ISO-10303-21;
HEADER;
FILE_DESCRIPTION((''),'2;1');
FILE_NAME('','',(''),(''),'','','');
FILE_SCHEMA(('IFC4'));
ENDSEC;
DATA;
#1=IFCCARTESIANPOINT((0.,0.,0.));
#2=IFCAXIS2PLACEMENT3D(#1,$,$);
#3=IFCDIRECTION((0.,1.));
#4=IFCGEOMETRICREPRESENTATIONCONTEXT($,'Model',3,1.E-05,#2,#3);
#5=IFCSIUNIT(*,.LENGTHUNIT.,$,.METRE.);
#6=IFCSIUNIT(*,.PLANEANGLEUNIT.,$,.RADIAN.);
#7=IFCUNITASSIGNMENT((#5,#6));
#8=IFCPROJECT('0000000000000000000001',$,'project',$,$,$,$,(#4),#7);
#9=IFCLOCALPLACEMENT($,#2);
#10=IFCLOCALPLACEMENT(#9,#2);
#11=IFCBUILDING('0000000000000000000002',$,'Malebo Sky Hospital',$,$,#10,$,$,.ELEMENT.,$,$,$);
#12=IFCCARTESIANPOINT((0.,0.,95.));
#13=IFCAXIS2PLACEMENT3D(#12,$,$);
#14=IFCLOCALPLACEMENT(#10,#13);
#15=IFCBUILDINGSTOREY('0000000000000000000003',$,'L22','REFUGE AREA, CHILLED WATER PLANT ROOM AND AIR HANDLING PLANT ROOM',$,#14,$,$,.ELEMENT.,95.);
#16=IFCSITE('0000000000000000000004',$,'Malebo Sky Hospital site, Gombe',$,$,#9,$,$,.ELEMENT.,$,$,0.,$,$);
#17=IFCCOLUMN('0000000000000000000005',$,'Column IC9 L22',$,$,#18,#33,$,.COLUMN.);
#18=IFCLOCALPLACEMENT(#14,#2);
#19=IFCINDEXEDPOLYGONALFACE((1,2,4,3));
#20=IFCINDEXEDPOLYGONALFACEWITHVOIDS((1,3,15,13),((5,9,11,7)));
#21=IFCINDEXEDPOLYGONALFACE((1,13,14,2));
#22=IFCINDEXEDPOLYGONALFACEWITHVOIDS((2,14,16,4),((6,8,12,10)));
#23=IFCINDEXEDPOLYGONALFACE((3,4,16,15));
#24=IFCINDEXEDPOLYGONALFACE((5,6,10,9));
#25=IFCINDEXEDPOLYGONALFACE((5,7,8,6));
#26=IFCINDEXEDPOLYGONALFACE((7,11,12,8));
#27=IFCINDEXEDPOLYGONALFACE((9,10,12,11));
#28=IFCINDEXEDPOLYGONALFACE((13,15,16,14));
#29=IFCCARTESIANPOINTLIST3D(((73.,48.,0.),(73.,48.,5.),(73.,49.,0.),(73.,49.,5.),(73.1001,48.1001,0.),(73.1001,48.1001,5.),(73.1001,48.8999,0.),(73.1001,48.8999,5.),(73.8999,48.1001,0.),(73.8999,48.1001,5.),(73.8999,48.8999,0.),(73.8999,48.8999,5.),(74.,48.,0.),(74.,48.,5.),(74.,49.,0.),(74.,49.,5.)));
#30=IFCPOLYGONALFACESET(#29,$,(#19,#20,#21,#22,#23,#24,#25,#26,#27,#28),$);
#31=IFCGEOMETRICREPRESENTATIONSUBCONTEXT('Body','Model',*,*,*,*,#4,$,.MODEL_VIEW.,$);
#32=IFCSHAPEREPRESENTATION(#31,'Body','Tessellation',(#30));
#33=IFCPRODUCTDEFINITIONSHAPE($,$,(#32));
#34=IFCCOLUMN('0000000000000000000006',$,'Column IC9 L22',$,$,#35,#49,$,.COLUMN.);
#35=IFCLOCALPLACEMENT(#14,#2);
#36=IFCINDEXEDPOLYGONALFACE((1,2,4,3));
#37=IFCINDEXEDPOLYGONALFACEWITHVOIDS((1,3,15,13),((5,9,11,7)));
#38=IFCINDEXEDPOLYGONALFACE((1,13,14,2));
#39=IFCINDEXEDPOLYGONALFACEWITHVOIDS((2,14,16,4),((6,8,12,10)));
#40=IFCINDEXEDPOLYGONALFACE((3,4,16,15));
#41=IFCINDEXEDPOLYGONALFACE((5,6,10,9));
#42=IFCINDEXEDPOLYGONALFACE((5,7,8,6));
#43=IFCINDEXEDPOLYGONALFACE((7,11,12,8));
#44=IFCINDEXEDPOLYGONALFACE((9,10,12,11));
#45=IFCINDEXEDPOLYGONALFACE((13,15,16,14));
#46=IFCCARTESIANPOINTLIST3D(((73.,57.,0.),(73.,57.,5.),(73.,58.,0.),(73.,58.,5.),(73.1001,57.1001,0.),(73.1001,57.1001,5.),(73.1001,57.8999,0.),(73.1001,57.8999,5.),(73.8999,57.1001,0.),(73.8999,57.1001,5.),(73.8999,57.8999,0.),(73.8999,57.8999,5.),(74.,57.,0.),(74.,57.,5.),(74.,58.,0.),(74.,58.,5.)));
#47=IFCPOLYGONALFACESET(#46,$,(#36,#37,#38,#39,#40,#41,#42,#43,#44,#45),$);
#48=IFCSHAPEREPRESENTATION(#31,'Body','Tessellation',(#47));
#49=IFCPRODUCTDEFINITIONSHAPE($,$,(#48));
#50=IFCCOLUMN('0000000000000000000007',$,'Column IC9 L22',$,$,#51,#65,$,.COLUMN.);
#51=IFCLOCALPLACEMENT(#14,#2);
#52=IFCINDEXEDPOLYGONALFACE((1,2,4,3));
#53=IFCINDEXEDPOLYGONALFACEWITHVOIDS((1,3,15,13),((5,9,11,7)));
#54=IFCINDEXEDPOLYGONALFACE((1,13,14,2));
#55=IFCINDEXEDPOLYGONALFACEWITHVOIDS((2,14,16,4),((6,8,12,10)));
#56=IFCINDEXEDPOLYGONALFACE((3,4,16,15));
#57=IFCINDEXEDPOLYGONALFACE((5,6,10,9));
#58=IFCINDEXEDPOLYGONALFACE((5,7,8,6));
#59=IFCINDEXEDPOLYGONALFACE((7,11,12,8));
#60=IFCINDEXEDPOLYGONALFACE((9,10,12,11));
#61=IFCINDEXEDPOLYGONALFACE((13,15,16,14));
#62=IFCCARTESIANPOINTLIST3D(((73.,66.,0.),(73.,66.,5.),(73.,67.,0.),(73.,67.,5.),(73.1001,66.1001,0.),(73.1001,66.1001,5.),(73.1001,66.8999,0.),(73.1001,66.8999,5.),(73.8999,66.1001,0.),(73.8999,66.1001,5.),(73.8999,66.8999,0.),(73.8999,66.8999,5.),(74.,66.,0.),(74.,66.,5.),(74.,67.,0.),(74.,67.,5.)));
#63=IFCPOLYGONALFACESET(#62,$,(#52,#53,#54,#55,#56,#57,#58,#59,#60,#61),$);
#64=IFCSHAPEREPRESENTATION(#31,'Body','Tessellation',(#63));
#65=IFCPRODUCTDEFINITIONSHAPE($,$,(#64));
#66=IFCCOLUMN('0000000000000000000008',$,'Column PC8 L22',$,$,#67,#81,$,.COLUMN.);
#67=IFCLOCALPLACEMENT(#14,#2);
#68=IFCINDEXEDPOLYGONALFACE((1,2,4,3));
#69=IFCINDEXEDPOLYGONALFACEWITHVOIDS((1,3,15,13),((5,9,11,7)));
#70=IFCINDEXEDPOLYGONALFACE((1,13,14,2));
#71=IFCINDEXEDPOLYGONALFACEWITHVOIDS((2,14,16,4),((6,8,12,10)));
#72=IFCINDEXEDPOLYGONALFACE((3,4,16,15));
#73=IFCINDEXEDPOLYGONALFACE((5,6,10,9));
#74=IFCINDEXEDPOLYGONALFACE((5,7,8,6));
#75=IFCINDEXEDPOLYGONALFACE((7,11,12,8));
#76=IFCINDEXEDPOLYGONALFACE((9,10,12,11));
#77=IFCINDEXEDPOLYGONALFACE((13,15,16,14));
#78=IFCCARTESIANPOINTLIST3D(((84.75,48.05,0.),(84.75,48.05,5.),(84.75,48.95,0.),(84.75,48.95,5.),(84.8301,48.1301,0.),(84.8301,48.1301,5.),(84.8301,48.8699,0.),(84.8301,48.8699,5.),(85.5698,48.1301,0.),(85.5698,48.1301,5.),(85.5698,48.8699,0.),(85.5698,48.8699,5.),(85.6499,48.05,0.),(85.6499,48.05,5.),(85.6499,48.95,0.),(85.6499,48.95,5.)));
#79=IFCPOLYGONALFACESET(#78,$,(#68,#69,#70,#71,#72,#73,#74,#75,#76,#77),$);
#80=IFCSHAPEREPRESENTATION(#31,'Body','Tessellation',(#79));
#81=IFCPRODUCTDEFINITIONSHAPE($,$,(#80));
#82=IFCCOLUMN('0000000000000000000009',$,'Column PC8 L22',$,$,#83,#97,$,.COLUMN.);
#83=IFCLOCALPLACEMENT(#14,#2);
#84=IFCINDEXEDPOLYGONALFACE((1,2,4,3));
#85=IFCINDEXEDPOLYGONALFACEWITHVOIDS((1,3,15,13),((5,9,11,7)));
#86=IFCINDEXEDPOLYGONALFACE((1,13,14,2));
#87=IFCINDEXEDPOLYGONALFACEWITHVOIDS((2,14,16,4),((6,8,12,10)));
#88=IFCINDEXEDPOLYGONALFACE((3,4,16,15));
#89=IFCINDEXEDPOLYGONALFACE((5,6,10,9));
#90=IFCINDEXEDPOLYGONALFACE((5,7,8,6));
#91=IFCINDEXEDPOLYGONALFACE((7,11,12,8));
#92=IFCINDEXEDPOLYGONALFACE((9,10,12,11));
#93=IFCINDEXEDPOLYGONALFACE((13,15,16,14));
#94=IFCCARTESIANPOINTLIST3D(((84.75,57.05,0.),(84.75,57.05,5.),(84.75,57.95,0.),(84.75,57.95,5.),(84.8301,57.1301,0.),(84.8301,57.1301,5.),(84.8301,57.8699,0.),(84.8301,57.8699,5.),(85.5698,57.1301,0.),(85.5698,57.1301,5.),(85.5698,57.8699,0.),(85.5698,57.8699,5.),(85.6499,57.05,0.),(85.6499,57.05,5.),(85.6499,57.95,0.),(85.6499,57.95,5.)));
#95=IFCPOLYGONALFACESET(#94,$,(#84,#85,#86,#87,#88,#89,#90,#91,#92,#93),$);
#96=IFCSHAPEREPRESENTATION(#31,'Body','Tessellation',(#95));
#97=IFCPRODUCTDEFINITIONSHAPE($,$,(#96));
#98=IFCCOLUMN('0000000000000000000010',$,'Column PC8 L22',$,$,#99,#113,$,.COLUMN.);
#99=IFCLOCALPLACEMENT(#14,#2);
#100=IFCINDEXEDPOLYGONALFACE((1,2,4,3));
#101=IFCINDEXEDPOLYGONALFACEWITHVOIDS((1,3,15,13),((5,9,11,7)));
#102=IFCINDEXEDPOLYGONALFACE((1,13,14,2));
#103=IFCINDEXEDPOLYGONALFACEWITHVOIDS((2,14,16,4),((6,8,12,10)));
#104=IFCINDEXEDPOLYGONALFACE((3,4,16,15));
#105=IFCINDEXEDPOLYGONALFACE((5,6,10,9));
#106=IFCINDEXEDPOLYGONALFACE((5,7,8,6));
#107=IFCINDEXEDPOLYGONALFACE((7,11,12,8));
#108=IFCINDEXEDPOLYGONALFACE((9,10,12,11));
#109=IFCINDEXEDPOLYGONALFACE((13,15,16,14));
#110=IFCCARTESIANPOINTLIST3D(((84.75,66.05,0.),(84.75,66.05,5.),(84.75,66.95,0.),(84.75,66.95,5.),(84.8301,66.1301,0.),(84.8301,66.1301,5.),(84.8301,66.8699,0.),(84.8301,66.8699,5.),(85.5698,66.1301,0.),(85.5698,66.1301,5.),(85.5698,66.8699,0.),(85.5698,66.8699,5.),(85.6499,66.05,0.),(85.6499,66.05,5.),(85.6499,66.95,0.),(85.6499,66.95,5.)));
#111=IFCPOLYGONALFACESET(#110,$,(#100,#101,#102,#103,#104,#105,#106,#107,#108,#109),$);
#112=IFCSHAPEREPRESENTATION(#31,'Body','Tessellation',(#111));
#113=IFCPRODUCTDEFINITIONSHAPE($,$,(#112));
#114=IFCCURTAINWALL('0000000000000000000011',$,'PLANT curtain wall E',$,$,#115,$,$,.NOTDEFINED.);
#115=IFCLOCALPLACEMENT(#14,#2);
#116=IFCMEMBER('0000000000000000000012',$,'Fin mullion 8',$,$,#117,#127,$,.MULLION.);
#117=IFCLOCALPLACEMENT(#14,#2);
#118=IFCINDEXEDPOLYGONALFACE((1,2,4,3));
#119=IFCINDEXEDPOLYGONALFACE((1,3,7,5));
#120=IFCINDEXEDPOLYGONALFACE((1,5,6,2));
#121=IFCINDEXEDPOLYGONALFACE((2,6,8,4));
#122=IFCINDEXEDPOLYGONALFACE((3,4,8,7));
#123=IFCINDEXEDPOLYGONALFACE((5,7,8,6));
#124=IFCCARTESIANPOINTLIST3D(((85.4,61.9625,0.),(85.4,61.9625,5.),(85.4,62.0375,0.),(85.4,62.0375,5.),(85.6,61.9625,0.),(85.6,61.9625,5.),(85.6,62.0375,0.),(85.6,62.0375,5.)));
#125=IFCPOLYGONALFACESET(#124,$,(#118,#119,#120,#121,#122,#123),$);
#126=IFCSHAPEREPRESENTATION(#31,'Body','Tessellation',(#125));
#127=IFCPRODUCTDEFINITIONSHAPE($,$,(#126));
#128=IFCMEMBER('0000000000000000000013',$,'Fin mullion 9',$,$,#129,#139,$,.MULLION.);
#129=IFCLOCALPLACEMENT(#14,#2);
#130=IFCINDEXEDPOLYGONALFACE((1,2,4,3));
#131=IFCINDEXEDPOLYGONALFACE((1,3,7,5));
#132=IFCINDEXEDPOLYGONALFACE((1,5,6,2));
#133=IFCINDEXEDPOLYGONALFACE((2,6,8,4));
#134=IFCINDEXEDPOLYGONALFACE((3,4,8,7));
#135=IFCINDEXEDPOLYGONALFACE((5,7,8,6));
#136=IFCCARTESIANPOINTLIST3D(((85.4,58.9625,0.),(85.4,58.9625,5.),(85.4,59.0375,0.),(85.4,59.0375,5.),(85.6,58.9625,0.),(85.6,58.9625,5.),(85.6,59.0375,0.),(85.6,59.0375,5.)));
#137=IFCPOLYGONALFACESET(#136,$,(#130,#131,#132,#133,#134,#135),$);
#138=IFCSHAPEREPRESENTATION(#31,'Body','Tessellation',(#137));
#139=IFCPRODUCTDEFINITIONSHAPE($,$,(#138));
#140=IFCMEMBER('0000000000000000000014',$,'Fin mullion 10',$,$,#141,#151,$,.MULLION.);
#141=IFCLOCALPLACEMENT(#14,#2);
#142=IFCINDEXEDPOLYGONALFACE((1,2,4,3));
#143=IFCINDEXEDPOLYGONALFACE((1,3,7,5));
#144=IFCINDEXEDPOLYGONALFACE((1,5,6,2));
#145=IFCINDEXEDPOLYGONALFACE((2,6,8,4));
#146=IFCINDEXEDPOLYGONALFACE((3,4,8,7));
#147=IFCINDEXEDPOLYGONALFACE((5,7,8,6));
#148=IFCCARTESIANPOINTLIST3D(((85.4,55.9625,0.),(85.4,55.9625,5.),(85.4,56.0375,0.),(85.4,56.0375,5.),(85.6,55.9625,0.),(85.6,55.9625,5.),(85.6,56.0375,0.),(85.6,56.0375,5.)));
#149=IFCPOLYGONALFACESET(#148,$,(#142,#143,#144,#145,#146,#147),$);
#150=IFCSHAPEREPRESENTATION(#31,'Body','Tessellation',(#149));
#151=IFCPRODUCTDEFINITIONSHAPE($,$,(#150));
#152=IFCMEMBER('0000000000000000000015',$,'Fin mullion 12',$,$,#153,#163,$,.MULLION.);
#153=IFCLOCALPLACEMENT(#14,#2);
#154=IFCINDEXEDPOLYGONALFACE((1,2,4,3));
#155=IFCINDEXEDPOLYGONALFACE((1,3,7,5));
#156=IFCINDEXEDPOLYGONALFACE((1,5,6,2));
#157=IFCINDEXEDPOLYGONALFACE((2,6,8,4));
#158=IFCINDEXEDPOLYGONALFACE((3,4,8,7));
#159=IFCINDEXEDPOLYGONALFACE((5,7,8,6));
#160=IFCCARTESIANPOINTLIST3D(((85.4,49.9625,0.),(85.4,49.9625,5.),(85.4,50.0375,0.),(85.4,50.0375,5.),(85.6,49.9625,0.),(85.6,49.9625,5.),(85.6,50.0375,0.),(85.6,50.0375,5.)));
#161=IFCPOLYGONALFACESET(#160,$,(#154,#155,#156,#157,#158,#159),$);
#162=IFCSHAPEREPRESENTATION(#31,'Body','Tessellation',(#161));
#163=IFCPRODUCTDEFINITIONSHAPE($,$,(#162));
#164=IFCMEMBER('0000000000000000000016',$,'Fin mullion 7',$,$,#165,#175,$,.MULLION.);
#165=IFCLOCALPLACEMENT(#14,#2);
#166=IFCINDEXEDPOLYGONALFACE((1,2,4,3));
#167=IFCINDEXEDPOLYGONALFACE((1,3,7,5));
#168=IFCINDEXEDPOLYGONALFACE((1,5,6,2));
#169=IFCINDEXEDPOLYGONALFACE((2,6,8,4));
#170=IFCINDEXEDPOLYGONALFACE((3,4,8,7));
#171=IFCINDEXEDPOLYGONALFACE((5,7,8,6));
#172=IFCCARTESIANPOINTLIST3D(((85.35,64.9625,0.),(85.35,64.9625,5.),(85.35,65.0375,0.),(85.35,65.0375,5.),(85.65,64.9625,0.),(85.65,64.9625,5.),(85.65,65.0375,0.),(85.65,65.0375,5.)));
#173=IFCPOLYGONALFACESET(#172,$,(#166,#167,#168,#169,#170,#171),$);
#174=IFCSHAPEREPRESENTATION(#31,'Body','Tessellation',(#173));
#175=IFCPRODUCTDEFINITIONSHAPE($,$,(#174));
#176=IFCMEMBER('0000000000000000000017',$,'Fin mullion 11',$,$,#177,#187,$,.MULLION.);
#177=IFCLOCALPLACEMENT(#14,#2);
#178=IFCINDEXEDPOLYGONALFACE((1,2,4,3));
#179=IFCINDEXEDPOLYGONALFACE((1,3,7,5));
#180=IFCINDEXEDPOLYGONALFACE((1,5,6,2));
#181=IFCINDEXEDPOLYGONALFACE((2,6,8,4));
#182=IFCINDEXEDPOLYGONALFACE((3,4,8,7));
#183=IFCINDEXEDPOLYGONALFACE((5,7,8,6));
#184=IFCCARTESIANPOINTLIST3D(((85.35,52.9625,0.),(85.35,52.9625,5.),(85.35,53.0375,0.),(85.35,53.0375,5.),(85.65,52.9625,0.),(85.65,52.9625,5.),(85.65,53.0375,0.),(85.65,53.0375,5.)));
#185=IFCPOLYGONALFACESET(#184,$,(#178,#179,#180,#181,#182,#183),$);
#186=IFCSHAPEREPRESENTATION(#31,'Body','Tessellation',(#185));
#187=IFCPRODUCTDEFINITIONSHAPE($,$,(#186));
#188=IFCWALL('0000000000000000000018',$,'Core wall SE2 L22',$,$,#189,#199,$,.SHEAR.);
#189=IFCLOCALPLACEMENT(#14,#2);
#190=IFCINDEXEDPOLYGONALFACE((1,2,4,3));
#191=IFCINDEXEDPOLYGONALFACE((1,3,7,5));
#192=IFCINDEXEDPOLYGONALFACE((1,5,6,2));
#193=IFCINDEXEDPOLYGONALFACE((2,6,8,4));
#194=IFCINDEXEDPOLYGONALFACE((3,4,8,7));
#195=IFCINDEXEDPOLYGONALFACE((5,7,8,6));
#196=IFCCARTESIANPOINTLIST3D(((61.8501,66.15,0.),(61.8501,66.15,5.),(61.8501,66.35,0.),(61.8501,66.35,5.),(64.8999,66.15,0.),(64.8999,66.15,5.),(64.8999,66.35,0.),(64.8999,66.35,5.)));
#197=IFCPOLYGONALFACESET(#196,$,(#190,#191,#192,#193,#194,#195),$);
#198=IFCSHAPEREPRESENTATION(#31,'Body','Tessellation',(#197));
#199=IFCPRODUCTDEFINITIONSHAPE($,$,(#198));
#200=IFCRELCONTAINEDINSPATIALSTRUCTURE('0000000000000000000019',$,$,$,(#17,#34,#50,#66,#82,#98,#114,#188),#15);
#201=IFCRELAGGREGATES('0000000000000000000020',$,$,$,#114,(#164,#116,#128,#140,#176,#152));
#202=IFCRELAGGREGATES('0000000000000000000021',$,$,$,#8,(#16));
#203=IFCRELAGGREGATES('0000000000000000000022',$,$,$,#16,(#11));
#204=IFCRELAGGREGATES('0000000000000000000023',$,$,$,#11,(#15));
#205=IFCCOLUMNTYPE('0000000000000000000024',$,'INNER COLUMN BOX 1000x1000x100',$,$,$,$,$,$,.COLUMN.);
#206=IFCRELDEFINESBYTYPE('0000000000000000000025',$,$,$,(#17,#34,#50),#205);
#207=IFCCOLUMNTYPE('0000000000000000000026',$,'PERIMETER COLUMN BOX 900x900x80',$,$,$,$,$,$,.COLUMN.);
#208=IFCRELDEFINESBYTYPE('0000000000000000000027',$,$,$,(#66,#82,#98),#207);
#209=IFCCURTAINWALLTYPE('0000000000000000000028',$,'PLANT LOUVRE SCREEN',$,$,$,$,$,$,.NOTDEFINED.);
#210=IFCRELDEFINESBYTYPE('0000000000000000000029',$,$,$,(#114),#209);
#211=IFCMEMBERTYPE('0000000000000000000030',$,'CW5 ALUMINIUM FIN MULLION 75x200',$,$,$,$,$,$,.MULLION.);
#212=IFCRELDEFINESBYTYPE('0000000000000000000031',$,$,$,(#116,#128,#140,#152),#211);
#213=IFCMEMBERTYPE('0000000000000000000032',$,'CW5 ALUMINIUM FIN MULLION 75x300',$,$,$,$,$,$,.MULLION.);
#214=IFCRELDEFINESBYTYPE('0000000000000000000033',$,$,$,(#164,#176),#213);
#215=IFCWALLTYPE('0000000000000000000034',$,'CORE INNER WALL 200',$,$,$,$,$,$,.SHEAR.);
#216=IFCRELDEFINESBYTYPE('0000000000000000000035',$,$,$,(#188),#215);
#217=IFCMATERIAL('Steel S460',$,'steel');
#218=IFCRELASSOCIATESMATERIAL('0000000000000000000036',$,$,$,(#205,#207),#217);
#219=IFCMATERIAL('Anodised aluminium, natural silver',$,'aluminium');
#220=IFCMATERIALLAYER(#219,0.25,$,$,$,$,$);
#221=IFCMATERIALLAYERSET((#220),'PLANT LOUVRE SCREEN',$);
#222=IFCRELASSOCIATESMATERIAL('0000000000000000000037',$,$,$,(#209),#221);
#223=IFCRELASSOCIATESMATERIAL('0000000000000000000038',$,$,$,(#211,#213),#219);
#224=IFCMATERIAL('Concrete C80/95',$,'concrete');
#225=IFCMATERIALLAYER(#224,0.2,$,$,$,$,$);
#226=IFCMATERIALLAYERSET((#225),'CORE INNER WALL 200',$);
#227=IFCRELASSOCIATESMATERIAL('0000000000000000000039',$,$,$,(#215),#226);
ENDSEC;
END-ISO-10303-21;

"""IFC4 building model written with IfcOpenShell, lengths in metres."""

from ifc_helpers import new_model, si_unit, direction, frame, frame_2d, origin, origin_2d, place, context, subcontext, project, spatial, rectangle, hollow_rectangle, extrude, material, layer, layer_set, material_profile, profile_set, type_object, element, aggregate, save


model = new_model("IFC4")

# Units and contexts
model_context = context("Model", 3, precision=1e-05, world=origin(), true_north=direction((0.0, 1.0)))
body_context = subcontext(model_context, "Body", "Model", "MODEL_VIEW")
ifc_project = project(units=[si_unit("LENGTHUNIT", "METRE"), si_unit("PLANEANGLEUNIT", "RADIAN")], contexts=[model_context])

# Site, building, storey
site_placement = place(None, origin())
site = spatial("IfcSite", under=ifc_project, at=site_placement, Name="Malebo Sky Hospital site, Gombe", CompositionType="ELEMENT", RefElevation=0.0)
building_placement = place(site_placement, origin())
building = spatial("IfcBuilding", under=site, at=building_placement, Name="Malebo Sky Hospital", CompositionType="ELEMENT")
storey_placement = place(building_placement, frame((0.0, 0.0, 95.0)))
storey = spatial("IfcBuildingStorey", under=building, at=storey_placement, Name="L22", Description="REFUGE AREA, CHILLED WATER PLANT ROOM AND AIR HANDLING PLANT ROOM", CompositionType="ELEMENT", Elevation=95.0)

# Columns
ifc_material_1 = material(Name="Steel S460", Category="steel")
ifc_material_profile_1 = material_profile(ifc_material_1, hollow_rectangle(XDim=1.0, YDim=1.0, WallThickness=0.1001, at=origin_2d()), Name="BOX 1000x1000x100")
ifc_profile_set_1 = profile_set([ifc_material_profile_1], Name="Steel S460")
column_type_1 = type_object("IfcColumnType", Name="INNER COLUMN BOX 1000x1000x100", PredefinedType="COLUMN", material=ifc_profile_set_1)
for number, where, z_axis, x_axis, name in (
    (1, (73.5, 48.5, 0.0), (0.0, 0.0, 1.0), (1.0, 0.0, 0.0), "Column IC9 L22"),
    (2, (73.5, 57.5, 0.0), (0.0, 0.0, 1.0), (1.0, 0.0, 0.0), "Column IC9 L22"),
    (3, (73.5, 66.5, 0.0), (0.0, 0.0, 1.0), (1.0, 0.0, 0.0), "Column IC9 L22"),
):
    element("IfcColumn", number, at=place(storey_placement, frame(where, z_axis=z_axis, x_axis=x_axis)), inside=storey, type_object=column_type_1, Name=name, PredefinedType="COLUMN", context=body_context, shape_type="SweptSolid", body=[
        extrude(hollow_rectangle(XDim=1.0, YDim=1.0, WallThickness=0.1001, at=origin_2d()), origin(), (0.0, 0.0, 1.0), 5.0),
    ])
ifc_material_profile_2 = material_profile(ifc_material_1, hollow_rectangle(XDim=0.8999, YDim=0.8999, WallThickness=0.0801, at=origin_2d()), Name="BOX 900x900x80")
ifc_profile_set_2 = profile_set([ifc_material_profile_2], Name="Steel S460")
column_type_2 = type_object("IfcColumnType", Name="PERIMETER COLUMN BOX 900x900x80", PredefinedType="COLUMN", material=ifc_profile_set_2)
for number, where, z_axis, x_axis, name in (
    (4, (85.2, 48.5, 0.0), (0.0, 0.0, 1.0), (1.0, 0.0, 0.0), "Column PC8 L22"),
    (5, (85.2, 57.5, 0.0), (0.0, 0.0, 1.0), (1.0, 0.0, 0.0), "Column PC8 L22"),
    (6, (85.2, 66.5, 0.0), (0.0, 0.0, 1.0), (1.0, 0.0, 0.0), "Column PC8 L22"),
):
    element("IfcColumn", number, at=place(storey_placement, frame(where, z_axis=z_axis, x_axis=x_axis)), inside=storey, type_object=column_type_2, Name=name, PredefinedType="COLUMN", context=body_context, shape_type="SweptSolid", body=[
        extrude(hollow_rectangle(XDim=0.8999, YDim=0.8999, WallThickness=0.0801, at=origin_2d()), origin(), (0.0, 0.0, 1.0), 5.0),
    ])

# Curtain wall, members
ifc_material_2 = material(Name="Anodised aluminium, natural silver", Category="aluminium")
ifc_layer_1 = layer(ifc_material_2, 0.25)
ifc_layer_set_1 = layer_set([ifc_layer_1], Name="PLANT LOUVRE SCREEN")
curtain_wall_type = type_object("IfcCurtainWallType", Name="PLANT LOUVRE SCREEN", PredefinedType="NOTDEFINED", material=ifc_layer_set_1)
curtain_wall_placement = place(storey_placement, origin())
curtain_wall = element("IfcCurtainWall", 7, at=curtain_wall_placement, inside=storey, type_object=curtain_wall_type, Name="PLANT curtain wall E", PredefinedType="NOTDEFINED")
ifc_material_profile_3 = material_profile(ifc_material_2, rectangle(XDim=0.075, YDim=0.2, at=origin_2d()), Name="CW5 ALUMINIUM FIN MULLION 75x200")
ifc_profile_set_3 = profile_set([ifc_material_profile_3], Name="Anodised aluminium, natural silver")
member_type_1 = type_object("IfcMemberType", Name="CW5 ALUMINIUM FIN MULLION 75x200", PredefinedType="MULLION", material=ifc_profile_set_3)
member_1_placement = place(storey_placement, frame((85.5, 62.0, 0.0), z_axis=(0.0, 0.0, 1.0), x_axis=(0.0, -1.0, 0.0)))
member_1 = element("IfcMember", 8, at=member_1_placement, type_object=member_type_1, Name="Fin mullion 8", PredefinedType="MULLION", context=body_context, shape_type="SweptSolid", body=[
    extrude(rectangle(XDim=0.075, YDim=0.2, at=origin_2d()), origin(), (0.0, 0.0, 1.0), 5.0),
])
member_2_placement = place(storey_placement, frame((85.5, 59.0, 0.0), z_axis=(0.0, 0.0, 1.0), x_axis=(0.0, -1.0, 0.0)))
member_2 = element("IfcMember", 9, at=member_2_placement, type_object=member_type_1, Name="Fin mullion 9", PredefinedType="MULLION", context=body_context, shape_type="SweptSolid", body=[
    extrude(rectangle(XDim=0.075, YDim=0.2, at=origin_2d()), origin(), (0.0, 0.0, 1.0), 5.0),
])
member_3_placement = place(storey_placement, frame((85.5, 56.0, 0.0), z_axis=(0.0, 0.0, 1.0), x_axis=(0.0, -1.0, 0.0)))
member_3 = element("IfcMember", 10, at=member_3_placement, type_object=member_type_1, Name="Fin mullion 10", PredefinedType="MULLION", context=body_context, shape_type="SweptSolid", body=[
    extrude(rectangle(XDim=0.075, YDim=0.2, at=origin_2d()), origin(), (0.0, 0.0, 1.0), 5.0),
])
member_4_placement = place(storey_placement, frame((85.5, 50.0, 0.0), z_axis=(0.0, 0.0, 1.0), x_axis=(0.0, -1.0, 0.0)))
member_4 = element("IfcMember", 11, at=member_4_placement, type_object=member_type_1, Name="Fin mullion 12", PredefinedType="MULLION", context=body_context, shape_type="SweptSolid", body=[
    extrude(rectangle(XDim=0.075, YDim=0.2, at=origin_2d()), origin(), (0.0, 0.0, 1.0), 5.0),
])
ifc_material_profile_4 = material_profile(ifc_material_2, rectangle(XDim=0.075, YDim=0.3, at=origin_2d()), Name="CW5 ALUMINIUM FIN MULLION 75x300")
ifc_profile_set_4 = profile_set([ifc_material_profile_4], Name="Anodised aluminium, natural silver")
member_type_2 = type_object("IfcMemberType", Name="CW5 ALUMINIUM FIN MULLION 75x300", PredefinedType="MULLION", material=ifc_profile_set_4)
member_5_placement = place(storey_placement, frame((85.5, 65.0, 0.0), z_axis=(0.0, 0.0, 1.0), x_axis=(0.0, -1.0, 0.0)))
member_5 = element("IfcMember", 12, at=member_5_placement, type_object=member_type_2, Name="Fin mullion 7", PredefinedType="MULLION", context=body_context, shape_type="SweptSolid", body=[
    extrude(rectangle(XDim=0.075, YDim=0.3, at=origin_2d()), origin(), (0.0, 0.0, 1.0), 5.0),
])
member_6_placement = place(storey_placement, frame((85.5, 53.0, 0.0), z_axis=(0.0, 0.0, 1.0), x_axis=(0.0, -1.0, 0.0)))
member_6 = element("IfcMember", 13, at=member_6_placement, type_object=member_type_2, Name="Fin mullion 11", PredefinedType="MULLION", context=body_context, shape_type="SweptSolid", body=[
    extrude(rectangle(XDim=0.075, YDim=0.3, at=origin_2d()), origin(), (0.0, 0.0, 1.0), 5.0),
])
aggregate(curtain_wall, [member_5, member_1, member_2, member_3, member_6, member_4])

# Wall
ifc_material_3 = material(Name="Concrete C80/95", Category="concrete")
ifc_layer_2 = layer(ifc_material_3, 0.2)
ifc_layer_set_2 = layer_set([ifc_layer_2], Name="CORE INNER WALL 200")
wall_type_1 = type_object("IfcWallType", Name="CORE INNER WALL 200", PredefinedType="SHEAR", material=ifc_layer_set_2)
wall_1_placement = place(storey_placement, frame((61.8501, 66.25, 0.0), z_axis=(0.0, 0.0, 1.0), x_axis=(1.0, 0.0, 0.0)))
element("IfcWall", 14, at=wall_1_placement, inside=storey, type_object=wall_type_1, Name="Core wall SE2 L22", PredefinedType="SHEAR", context=body_context, shape_type="SweptSolid", body=[
    extrude(rectangle(XDim=3.0498, YDim=0.2, at=frame_2d((1.5249, 0.0))), origin(), (0.0, 0.0, 1.0), 5.0),
])

save(model, "model.ifc")
